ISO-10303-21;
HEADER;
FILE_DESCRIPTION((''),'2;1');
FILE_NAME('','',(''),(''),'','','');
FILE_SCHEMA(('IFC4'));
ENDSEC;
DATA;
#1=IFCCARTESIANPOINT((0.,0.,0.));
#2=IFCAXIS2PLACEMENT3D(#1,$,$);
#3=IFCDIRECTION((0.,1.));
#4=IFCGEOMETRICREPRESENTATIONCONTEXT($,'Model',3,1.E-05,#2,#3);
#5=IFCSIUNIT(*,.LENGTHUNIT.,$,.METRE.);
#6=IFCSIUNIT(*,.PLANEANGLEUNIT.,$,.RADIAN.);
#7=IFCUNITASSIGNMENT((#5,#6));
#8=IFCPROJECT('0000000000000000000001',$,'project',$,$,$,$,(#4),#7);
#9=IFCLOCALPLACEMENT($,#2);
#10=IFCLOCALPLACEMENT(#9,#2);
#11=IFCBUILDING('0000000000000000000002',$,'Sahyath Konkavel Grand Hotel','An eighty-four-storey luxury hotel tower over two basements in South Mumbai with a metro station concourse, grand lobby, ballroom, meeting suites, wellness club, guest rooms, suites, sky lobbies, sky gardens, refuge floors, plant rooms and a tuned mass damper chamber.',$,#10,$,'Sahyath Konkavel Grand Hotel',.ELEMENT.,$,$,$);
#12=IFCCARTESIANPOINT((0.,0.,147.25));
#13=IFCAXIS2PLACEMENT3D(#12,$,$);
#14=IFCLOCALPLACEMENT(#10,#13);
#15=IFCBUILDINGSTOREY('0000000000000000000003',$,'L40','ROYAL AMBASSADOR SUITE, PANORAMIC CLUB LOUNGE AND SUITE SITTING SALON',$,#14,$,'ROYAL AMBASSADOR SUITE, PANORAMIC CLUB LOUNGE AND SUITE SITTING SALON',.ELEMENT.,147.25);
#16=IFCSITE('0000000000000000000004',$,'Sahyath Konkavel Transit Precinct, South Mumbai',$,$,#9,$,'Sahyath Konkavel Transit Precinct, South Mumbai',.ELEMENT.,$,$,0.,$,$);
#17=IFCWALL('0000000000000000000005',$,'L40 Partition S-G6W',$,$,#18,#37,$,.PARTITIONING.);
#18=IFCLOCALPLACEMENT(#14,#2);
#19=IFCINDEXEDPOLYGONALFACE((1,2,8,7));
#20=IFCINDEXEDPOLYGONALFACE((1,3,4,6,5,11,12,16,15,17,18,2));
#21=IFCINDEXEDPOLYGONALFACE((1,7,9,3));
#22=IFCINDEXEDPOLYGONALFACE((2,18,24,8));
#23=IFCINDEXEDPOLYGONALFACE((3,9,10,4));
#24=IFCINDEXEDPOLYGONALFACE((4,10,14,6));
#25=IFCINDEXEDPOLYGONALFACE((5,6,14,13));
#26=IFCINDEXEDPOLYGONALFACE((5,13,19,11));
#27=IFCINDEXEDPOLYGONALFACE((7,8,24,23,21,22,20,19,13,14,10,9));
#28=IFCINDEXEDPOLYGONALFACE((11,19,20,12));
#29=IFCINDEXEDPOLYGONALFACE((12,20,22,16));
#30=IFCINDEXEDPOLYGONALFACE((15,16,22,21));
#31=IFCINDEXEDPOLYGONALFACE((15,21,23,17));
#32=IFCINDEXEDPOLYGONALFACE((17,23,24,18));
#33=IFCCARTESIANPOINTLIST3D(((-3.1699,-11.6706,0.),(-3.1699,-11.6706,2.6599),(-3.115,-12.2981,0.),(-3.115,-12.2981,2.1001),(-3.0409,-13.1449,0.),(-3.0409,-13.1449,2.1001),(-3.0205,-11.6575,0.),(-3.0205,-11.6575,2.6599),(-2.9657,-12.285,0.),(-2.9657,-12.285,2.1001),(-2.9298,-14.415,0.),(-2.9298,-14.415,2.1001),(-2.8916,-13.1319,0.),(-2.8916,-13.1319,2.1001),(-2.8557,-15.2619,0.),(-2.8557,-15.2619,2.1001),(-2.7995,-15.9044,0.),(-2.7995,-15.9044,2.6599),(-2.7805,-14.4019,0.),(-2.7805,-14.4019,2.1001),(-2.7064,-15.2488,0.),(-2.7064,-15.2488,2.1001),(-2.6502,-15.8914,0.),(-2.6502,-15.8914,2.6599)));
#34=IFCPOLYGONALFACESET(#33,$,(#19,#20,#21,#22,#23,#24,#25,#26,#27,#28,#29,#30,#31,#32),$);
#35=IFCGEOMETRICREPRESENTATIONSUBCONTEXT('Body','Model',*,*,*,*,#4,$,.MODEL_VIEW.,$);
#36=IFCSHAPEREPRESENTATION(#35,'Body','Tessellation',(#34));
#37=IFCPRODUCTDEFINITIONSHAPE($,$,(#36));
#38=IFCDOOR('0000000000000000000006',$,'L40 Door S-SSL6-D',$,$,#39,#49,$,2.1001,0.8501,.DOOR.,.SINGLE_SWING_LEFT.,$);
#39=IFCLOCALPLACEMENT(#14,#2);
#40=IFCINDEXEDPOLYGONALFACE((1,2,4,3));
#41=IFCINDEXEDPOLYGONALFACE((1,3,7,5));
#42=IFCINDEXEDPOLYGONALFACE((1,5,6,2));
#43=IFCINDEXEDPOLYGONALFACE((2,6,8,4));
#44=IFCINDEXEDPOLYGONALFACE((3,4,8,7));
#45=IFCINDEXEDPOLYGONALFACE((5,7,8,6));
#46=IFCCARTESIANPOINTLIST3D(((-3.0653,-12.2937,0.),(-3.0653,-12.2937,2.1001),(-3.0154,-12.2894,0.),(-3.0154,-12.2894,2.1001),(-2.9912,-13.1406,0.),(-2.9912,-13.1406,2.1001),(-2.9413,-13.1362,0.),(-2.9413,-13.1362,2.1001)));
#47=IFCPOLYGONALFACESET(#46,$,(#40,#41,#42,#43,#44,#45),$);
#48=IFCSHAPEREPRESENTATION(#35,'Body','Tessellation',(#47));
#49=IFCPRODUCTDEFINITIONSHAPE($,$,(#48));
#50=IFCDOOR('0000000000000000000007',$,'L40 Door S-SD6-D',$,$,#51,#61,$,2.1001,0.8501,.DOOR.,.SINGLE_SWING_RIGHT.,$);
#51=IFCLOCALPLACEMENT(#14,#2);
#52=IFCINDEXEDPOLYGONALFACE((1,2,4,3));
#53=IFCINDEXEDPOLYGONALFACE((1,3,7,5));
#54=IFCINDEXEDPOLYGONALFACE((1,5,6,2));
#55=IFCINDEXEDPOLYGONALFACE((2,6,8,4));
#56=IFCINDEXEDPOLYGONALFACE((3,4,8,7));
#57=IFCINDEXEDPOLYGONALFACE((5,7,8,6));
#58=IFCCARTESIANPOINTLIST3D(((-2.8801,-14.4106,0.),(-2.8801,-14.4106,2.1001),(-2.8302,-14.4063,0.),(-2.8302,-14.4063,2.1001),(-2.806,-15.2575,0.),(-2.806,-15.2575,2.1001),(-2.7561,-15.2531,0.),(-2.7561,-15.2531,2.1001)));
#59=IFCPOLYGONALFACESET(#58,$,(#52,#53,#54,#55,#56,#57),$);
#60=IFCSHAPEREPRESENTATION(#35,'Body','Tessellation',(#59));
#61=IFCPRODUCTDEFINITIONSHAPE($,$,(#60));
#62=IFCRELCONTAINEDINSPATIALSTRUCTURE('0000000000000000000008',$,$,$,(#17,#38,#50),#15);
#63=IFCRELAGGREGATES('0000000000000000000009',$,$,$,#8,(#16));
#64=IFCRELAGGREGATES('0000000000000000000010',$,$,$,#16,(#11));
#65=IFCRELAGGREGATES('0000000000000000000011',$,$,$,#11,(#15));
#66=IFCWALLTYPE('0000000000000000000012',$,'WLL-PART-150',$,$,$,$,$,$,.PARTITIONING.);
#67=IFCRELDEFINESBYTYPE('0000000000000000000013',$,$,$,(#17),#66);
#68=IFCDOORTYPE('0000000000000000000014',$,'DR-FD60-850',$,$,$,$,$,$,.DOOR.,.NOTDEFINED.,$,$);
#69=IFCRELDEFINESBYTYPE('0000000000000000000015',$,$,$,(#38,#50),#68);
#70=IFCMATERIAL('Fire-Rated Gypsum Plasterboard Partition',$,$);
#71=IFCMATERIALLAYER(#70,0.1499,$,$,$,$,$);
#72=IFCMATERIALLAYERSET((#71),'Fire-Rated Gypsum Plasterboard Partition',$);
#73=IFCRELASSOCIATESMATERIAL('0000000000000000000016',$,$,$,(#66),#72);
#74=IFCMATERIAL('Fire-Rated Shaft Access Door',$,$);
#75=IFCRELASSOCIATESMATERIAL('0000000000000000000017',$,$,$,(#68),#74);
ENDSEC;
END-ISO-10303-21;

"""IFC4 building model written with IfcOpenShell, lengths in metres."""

from ifc_helpers import new_model, si_unit, direction, frame, frame_2d, origin, origin_2d, place, context, subcontext, project, spatial, rectangle, extrude, source, transform, mapped, material, layer, layer_set, type_object, element, fill, save


model = new_model("IFC4")

# Units and contexts
model_context = context("Model", 3, precision=1e-05, world=origin(), true_north=direction((0.0, 1.0)))
body_context = subcontext(model_context, "Body", "Model", "MODEL_VIEW")
ifc_project = project(units=[si_unit("LENGTHUNIT", "METRE"), si_unit("PLANEANGLEUNIT", "RADIAN")], contexts=[model_context])

# Site, building, storey
site_placement = place(None, origin())
site = spatial("IfcSite", under=ifc_project, at=site_placement, Name="Sahyath Konkavel Transit Precinct, South Mumbai", LongName="Sahyath Konkavel Transit Precinct, South Mumbai", CompositionType="ELEMENT", RefElevation=0.0)
building_placement = place(site_placement, origin())
building = spatial("IfcBuilding", under=site, at=building_placement, Name="Sahyath Konkavel Grand Hotel", Description="An eighty-four-storey luxury hotel tower over two basements in South Mumbai with a metro station concourse, grand lobby, ballroom, meeting suites, wellness club, guest rooms, suites, sky lobbies, sky gardens, refuge floors, plant rooms and a tuned mass damper chamber.", LongName="Sahyath Konkavel Grand Hotel", CompositionType="ELEMENT")
storey_placement = place(building_placement, frame((0.0, 0.0, 147.25)))
storey = spatial("IfcBuildingStorey", under=building, at=storey_placement, Name="L40", Description="ROYAL AMBASSADOR SUITE, PANORAMIC CLUB LOUNGE AND SUITE SITTING SALON", LongName="ROYAL AMBASSADOR SUITE, PANORAMIC CLUB LOUNGE AND SUITE SITTING SALON", CompositionType="ELEMENT", Elevation=147.25)

# Shared definitions
shared_shape_1 = source(origin(), body_context, "Body", "SweptSolid", [
    extrude(rectangle(XDim=0.8501, YDim=0.05, at=origin_2d()), origin(), (0.0, 0.0, 1.0), 2.1001),
])

# Wall, openings, doors
ifc_material_1 = material(Name="Fire-Rated Gypsum Plasterboard Partition")
ifc_layer_1 = layer(ifc_material_1, 0.1499)
ifc_layer_set_1 = layer_set([ifc_layer_1], Name="Fire-Rated Gypsum Plasterboard Partition")
wall_type_1 = type_object("IfcWallType", Name="WLL-PART-150", PredefinedType="PARTITIONING", material=ifc_layer_set_1)
wall_1_placement = place(storey_placement, frame((-3.0952, -11.6641, 0.0), z_axis=(0.0, 0.0, 1.0), x_axis=(0.087143, -0.996196, 0.0)))
wall_1 = element("IfcWall", 1, at=wall_1_placement, inside=storey, type_object=wall_type_1, Name="L40 Partition S-G6W", PredefinedType="PARTITIONING", context=body_context, shape_type="SweptSolid", body=[
    extrude(rectangle(XDim=4.25, YDim=0.1499, at=frame_2d((2.125, 0.0))), origin(), (0.0, 0.0, 1.0), 2.6599),
])
opening_1_placement = place(wall_1_placement, frame((0.6299, 0.0, 0.0)))
opening_1 = element("IfcOpeningElement", 2, at=opening_1_placement, cuts=wall_1, PredefinedType="OPENING", context=body_context, shape_type="SweptSolid", body=[
    extrude(rectangle(XDim=0.8501, YDim=2.1001, at=frame_2d((0.425, 1.05))), frame((0.0, 0.085, 0.0), z_axis=(0.0, -1.0, 0.0), x_axis=(1.0, 0.0, 0.0)), (0.0, 0.0, 1.0), 0.1699),
])
opening_2_placement = place(wall_1_placement, frame((2.7549, 0.0, 0.0)))
opening_2 = element("IfcOpeningElement", 3, at=opening_2_placement, cuts=wall_1, PredefinedType="OPENING", context=body_context, shape_type="SweptSolid", body=[
    extrude(rectangle(XDim=0.8501, YDim=2.1001, at=frame_2d((0.425, 1.05))), frame((0.0, 0.085, 0.0), z_axis=(0.0, -1.0, 0.0), x_axis=(1.0, 0.0, 0.0)), (0.0, 0.0, 1.0), 0.1699),
])
ifc_material_2 = material(Name="Fire-Rated Shaft Access Door")
door_type_1 = type_object("IfcDoorType", Name="DR-FD60-850", OperationType="NOTDEFINED", PredefinedType="DOOR", material=ifc_material_2)
door_1_placement = place(opening_1_placement, frame((0.425, 0.0, 0.0)))
door_1 = element("IfcDoor", 4, at=door_1_placement, inside=storey, type_object=door_type_1, Name="L40 Door S-SSL6-D", OperationType="SINGLE_SWING_LEFT", OverallHeight=2.1001, OverallWidth=0.8501, PredefinedType="DOOR", context=body_context, shape_type="MappedRepresentation", body=[
    mapped(shared_shape_1, transform((0.0, 0.0, 0.0), scale=1.0)),
])
fill(opening_1, door_1)
door_2_placement = place(opening_2_placement, frame((0.425, 0.0, 0.0)))
door_2 = element("IfcDoor", 5, at=door_2_placement, inside=storey, type_object=door_type_1, Name="L40 Door S-SD6-D", OperationType="SINGLE_SWING_RIGHT", OverallHeight=2.1001, OverallWidth=0.8501, PredefinedType="DOOR", context=body_context, shape_type="MappedRepresentation", body=[
    mapped(shared_shape_1, transform((0.0, 0.0, 0.0), scale=1.0)),
])
fill(opening_2, door_2)

save(model, "model.ifc")
